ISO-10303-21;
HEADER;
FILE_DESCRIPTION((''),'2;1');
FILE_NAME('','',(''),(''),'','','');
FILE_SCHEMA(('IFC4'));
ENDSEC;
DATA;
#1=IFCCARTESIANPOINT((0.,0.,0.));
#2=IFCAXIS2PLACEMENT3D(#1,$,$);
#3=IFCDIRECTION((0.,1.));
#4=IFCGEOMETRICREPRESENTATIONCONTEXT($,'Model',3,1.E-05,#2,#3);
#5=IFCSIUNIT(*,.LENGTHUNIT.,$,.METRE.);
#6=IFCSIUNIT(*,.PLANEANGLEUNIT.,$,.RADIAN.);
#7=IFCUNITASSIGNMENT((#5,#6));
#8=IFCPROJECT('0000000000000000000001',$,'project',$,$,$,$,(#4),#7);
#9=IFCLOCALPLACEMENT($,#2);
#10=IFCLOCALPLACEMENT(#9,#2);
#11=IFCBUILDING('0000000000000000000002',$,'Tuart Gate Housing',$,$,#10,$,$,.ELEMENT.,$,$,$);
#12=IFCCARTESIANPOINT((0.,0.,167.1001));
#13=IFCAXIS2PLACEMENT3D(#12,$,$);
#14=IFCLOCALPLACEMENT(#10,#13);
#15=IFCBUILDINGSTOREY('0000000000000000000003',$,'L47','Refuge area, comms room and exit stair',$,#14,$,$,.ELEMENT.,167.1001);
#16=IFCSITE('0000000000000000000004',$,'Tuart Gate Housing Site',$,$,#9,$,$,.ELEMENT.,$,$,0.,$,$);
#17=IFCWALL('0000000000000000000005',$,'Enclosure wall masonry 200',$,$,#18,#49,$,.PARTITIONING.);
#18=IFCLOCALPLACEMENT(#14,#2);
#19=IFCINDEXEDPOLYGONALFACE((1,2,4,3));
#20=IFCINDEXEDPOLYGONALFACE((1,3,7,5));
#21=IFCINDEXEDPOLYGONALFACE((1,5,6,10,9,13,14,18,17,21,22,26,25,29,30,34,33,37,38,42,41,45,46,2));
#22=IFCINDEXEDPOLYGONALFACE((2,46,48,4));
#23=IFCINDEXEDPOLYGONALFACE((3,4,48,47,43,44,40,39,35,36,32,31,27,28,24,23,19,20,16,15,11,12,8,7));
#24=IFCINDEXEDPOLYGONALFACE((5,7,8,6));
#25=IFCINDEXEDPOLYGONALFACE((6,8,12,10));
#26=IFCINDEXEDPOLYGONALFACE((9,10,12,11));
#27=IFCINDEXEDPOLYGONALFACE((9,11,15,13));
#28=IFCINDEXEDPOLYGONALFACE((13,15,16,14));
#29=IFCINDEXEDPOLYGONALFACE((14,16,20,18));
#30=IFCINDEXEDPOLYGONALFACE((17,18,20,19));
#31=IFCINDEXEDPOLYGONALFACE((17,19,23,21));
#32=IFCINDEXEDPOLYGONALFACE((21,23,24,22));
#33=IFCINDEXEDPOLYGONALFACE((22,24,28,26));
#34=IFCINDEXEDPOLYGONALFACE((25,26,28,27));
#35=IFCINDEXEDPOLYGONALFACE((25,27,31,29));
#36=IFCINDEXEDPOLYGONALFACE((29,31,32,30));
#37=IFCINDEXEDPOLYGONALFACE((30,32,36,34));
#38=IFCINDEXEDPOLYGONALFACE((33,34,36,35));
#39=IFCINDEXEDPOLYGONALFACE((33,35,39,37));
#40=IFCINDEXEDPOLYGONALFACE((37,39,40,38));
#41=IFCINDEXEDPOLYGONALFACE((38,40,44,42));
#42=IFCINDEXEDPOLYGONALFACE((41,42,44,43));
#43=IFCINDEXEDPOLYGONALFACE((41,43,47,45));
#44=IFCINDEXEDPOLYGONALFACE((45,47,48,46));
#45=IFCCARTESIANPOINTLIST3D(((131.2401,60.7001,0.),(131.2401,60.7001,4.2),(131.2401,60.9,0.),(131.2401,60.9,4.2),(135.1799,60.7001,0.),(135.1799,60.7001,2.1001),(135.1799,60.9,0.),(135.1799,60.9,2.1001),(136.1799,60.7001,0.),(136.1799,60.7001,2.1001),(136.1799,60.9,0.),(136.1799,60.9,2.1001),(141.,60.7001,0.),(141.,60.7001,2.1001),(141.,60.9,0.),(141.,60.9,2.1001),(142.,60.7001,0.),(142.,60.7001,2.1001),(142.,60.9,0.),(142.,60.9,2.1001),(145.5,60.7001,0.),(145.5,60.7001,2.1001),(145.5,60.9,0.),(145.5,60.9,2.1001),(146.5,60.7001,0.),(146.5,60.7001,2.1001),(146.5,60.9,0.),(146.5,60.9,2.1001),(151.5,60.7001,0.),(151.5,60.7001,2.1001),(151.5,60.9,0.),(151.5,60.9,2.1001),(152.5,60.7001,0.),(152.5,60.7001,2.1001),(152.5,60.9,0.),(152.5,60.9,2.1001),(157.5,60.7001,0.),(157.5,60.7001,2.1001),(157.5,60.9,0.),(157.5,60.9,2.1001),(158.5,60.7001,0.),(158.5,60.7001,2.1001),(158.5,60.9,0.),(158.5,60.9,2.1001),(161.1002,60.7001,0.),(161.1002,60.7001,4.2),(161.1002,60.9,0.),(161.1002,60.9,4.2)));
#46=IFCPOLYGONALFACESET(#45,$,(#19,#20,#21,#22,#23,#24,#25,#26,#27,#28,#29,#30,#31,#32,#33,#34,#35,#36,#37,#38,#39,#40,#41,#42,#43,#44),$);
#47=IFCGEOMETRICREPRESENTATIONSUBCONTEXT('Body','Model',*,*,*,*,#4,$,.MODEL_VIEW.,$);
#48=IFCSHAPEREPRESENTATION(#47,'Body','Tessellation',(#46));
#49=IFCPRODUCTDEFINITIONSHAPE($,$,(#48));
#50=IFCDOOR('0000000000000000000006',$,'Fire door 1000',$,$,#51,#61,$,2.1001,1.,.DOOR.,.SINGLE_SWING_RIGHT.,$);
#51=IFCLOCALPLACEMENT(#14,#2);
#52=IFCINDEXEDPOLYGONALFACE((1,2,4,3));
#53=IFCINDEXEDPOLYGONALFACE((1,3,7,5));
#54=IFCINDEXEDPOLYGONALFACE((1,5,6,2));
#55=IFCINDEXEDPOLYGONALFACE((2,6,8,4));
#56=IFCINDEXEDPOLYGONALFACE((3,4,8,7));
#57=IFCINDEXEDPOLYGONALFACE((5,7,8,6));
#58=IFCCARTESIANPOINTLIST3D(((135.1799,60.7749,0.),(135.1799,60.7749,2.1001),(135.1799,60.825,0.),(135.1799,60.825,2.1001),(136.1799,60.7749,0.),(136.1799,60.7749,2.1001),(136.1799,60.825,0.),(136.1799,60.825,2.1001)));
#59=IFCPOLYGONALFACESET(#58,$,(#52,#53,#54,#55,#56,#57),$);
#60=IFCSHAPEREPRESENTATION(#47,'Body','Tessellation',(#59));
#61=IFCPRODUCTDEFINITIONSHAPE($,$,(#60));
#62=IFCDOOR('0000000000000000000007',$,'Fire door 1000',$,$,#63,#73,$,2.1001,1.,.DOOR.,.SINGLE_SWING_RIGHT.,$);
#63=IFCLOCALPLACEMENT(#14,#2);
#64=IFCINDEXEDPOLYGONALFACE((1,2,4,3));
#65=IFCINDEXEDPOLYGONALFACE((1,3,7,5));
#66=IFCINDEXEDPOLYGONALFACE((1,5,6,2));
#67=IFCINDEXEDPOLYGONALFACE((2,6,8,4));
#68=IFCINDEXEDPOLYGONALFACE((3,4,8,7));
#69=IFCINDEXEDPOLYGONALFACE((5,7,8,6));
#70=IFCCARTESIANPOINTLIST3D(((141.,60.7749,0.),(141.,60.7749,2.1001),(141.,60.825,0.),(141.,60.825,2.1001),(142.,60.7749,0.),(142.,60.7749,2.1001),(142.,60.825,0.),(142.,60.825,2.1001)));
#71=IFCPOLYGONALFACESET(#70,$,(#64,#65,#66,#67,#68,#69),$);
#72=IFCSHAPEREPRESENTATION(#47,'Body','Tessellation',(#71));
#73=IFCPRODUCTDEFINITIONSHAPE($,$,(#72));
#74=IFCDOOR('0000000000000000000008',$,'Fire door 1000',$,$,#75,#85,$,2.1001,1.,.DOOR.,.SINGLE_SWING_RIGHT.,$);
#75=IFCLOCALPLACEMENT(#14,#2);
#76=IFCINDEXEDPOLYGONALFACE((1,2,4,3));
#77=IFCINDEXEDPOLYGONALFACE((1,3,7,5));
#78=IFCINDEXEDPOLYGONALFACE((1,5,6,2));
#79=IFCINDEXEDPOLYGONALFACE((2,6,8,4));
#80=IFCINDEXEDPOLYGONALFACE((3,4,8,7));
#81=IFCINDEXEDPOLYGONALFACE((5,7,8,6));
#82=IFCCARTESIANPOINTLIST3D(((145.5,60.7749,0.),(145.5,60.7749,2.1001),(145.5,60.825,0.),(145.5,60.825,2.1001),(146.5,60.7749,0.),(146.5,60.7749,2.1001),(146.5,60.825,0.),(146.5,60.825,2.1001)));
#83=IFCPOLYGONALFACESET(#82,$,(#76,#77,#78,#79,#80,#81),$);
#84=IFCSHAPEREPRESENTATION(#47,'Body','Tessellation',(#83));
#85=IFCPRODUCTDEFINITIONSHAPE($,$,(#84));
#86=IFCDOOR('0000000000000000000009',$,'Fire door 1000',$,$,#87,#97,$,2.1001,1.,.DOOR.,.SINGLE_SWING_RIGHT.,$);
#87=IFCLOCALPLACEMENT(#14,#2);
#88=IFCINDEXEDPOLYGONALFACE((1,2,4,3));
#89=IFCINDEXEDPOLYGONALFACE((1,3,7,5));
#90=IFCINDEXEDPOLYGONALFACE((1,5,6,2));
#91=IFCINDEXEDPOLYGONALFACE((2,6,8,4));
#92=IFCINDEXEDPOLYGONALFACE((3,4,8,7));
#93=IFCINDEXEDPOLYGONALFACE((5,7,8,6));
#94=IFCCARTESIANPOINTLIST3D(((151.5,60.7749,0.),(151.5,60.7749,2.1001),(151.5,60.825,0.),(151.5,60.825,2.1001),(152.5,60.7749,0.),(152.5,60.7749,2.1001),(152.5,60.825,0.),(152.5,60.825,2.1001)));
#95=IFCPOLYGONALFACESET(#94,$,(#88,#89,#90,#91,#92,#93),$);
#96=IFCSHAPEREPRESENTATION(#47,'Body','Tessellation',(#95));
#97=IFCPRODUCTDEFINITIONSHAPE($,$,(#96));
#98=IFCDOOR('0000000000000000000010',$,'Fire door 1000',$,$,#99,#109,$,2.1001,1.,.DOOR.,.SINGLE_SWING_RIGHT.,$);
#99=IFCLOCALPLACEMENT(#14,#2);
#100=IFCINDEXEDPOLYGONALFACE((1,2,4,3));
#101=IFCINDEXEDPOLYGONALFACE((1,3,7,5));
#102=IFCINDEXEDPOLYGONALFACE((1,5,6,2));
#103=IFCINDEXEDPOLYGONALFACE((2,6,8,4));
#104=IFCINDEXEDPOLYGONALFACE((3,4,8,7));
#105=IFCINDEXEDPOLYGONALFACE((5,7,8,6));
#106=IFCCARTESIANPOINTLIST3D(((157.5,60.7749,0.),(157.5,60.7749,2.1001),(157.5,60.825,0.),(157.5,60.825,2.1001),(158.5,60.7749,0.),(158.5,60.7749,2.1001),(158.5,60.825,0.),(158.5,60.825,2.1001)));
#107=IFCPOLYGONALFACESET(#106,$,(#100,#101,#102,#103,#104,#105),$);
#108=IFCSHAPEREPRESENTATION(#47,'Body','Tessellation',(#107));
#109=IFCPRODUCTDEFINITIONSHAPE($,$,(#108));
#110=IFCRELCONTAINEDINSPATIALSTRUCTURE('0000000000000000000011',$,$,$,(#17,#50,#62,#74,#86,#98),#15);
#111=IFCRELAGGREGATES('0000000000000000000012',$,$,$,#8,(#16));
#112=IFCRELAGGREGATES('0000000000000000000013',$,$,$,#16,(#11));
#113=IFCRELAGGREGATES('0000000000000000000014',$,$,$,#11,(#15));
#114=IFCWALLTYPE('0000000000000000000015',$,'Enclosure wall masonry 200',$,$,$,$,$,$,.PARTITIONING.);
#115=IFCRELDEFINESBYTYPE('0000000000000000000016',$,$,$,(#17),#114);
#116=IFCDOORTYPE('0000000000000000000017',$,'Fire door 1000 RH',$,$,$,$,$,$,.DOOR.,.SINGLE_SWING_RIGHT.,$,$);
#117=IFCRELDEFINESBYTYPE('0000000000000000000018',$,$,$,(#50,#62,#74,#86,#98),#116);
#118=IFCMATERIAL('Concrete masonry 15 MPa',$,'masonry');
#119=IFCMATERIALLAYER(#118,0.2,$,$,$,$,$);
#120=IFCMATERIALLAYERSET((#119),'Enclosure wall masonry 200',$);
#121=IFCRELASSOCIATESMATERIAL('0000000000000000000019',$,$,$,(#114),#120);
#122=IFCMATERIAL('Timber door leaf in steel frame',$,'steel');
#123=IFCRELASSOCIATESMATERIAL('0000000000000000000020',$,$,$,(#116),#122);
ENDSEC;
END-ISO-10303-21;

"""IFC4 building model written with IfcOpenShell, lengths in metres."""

from ifc_helpers import new_model, si_unit, direction, frame, frame_2d, origin, place, context, subcontext, project, spatial, rectangle, extrude, material, layer, layer_set, type_object, element, fill, save


model = new_model("IFC4")

# Units and contexts
model_context = context("Model", 3, precision=1e-05, world=origin(), true_north=direction((0.0, 1.0)))
body_context = subcontext(model_context, "Body", "Model", "MODEL_VIEW")
ifc_project = project(units=[si_unit("LENGTHUNIT", "METRE"), si_unit("PLANEANGLEUNIT", "RADIAN")], contexts=[model_context])

# Site, building, storey
site_placement = place(None, origin())
site = spatial("IfcSite", under=ifc_project, at=site_placement, Name="Tuart Gate Housing Site", CompositionType="ELEMENT", RefElevation=0.0)
building_placement = place(site_placement, origin())
building = spatial("IfcBuilding", under=site, at=building_placement, Name="Tuart Gate Housing", CompositionType="ELEMENT")
storey_placement = place(building_placement, frame((0.0, 0.0, 167.1001)))
storey = spatial("IfcBuildingStorey", under=building, at=storey_placement, Name="L47", Description="Refuge area, comms room and exit stair", CompositionType="ELEMENT", Elevation=167.1001)

# Wall, openings, doors
ifc_material_1 = material(Name="Concrete masonry 15 MPa", Category="masonry")
ifc_layer_1 = layer(ifc_material_1, 0.2)
ifc_layer_set_1 = layer_set([ifc_layer_1], Name="Enclosure wall masonry 200")
wall_type_1 = type_object("IfcWallType", Name="Enclosure wall masonry 200", PredefinedType="PARTITIONING", material=ifc_layer_set_1)
wall_1_placement = place(storey_placement, frame((131.24, 60.8, 0.0), z_axis=(0.0, 0.0, 1.0), x_axis=(1.0, 0.0, 0.0)))
wall_1 = element("IfcWall", 1, at=wall_1_placement, inside=storey, type_object=wall_type_1, Name="Enclosure wall masonry 200", PredefinedType="PARTITIONING", context=body_context, shape_type="SweptSolid", body=[
    extrude(rectangle(XDim=29.8601, YDim=0.2, at=frame_2d((14.9302, 0.0))), origin(), (0.0, 0.0, 1.0), 4.2),
])
opening_1_placement = place(wall_1_placement, frame((3.9399, 0.0, 0.0)))
opening_1 = element("IfcOpeningElement", 2, at=opening_1_placement, cuts=wall_1, PredefinedType="OPENING", context=body_context, shape_type="SweptSolid", body=[
    extrude(rectangle(XDim=1.0, YDim=2.1001, at=frame_2d((0.5, 1.05))), frame((0.0, 0.1099, 0.0), z_axis=(0.0, -1.0, 0.0), x_axis=(1.0, 0.0, 0.0)), (0.0, 0.0, 1.0), 0.22),
])
opening_2_placement = place(wall_1_placement, frame((9.76, 0.0, 0.0)))
opening_2 = element("IfcOpeningElement", 3, at=opening_2_placement, cuts=wall_1, PredefinedType="OPENING", context=body_context, shape_type="SweptSolid", body=[
    extrude(rectangle(XDim=1.0, YDim=2.1001, at=frame_2d((0.5, 1.05))), frame((0.0, 0.1099, 0.0), z_axis=(0.0, -1.0, 0.0), x_axis=(1.0, 0.0, 0.0)), (0.0, 0.0, 1.0), 0.22),
])
opening_3_placement = place(wall_1_placement, frame((14.26, 0.0, 0.0)))
opening_3 = element("IfcOpeningElement", 4, at=opening_3_placement, cuts=wall_1, PredefinedType="OPENING", context=body_context, shape_type="SweptSolid", body=[
    extrude(rectangle(XDim=1.0, YDim=2.1001, at=frame_2d((0.5, 1.05))), frame((0.0, 0.1099, 0.0), z_axis=(0.0, -1.0, 0.0), x_axis=(1.0, 0.0, 0.0)), (0.0, 0.0, 1.0), 0.22),
])
opening_4_placement = place(wall_1_placement, frame((20.26, 0.0, 0.0)))
opening_4 = element("IfcOpeningElement", 5, at=opening_4_placement, cuts=wall_1, PredefinedType="OPENING", context=body_context, shape_type="SweptSolid", body=[
    extrude(rectangle(XDim=1.0, YDim=2.1001, at=frame_2d((0.5, 1.05))), frame((0.0, 0.1099, 0.0), z_axis=(0.0, -1.0, 0.0), x_axis=(1.0, 0.0, 0.0)), (0.0, 0.0, 1.0), 0.22),
])
opening_5_placement = place(wall_1_placement, frame((26.26, 0.0, 0.0)))
opening_5 = element("IfcOpeningElement", 6, at=opening_5_placement, cuts=wall_1, PredefinedType="OPENING", context=body_context, shape_type="SweptSolid", body=[
    extrude(rectangle(XDim=1.0, YDim=2.1001, at=frame_2d((0.5, 1.05))), frame((0.0, 0.1099, 0.0), z_axis=(0.0, -1.0, 0.0), x_axis=(1.0, 0.0, 0.0)), (0.0, 0.0, 1.0), 0.22),
])
ifc_material_2 = material(Name="Timber door leaf in steel frame", Category="steel")
door_type = type_object("IfcDoorType", Name="Fire door 1000 RH", OperationType="SINGLE_SWING_RIGHT", PredefinedType="DOOR", material=ifc_material_2)
door_1_placement = place(opening_1_placement, frame((1.0, 0.0, 0.0), z_axis=(0.0, 0.0, 1.0), x_axis=(-1.0, 0.0, 0.0)))
door_1 = element("IfcDoor", 7, at=door_1_placement, inside=storey, type_object=door_type, Name="Fire door 1000", OperationType="SINGLE_SWING_RIGHT", OverallHeight=2.1001, OverallWidth=1.0, PredefinedType="DOOR", context=body_context, shape_type="SweptSolid", body=[
    extrude(rectangle(XDim=1.0, YDim=2.1001, at=frame_2d((0.5, 1.05))), frame((0.0, 0.0251, 0.0), z_axis=(0.0, -1.0, 0.0), x_axis=(1.0, 0.0, 0.0)), (0.0, 0.0, 1.0), 0.05),
])
fill(opening_1, door_1)
door_2_placement = place(opening_2_placement, frame((1.0, 0.0, 0.0), z_axis=(0.0, 0.0, 1.0), x_axis=(-1.0, 0.0, 0.0)))
door_2 = element("IfcDoor", 8, at=door_2_placement, inside=storey, type_object=door_type, Name="Fire door 1000", OperationType="SINGLE_SWING_RIGHT", OverallHeight=2.1001, OverallWidth=1.0, PredefinedType="DOOR", context=body_context, shape_type="SweptSolid", body=[
    extrude(rectangle(XDim=1.0, YDim=2.1001, at=frame_2d((0.5, 1.05))), frame((0.0, 0.0251, 0.0), z_axis=(0.0, -1.0, 0.0), x_axis=(1.0, 0.0, 0.0)), (0.0, 0.0, 1.0), 0.05),
])
fill(opening_2, door_2)
door_3_placement = place(opening_3_placement, frame((1.0, 0.0, 0.0), z_axis=(0.0, 0.0, 1.0), x_axis=(-1.0, 0.0, 0.0)))
door_3 = element("IfcDoor", 9, at=door_3_placement, inside=storey, type_object=door_type, Name="Fire door 1000", OperationType="SINGLE_SWING_RIGHT", OverallHeight=2.1001, OverallWidth=1.0, PredefinedType="DOOR", context=body_context, shape_type="SweptSolid", body=[
    extrude(rectangle(XDim=1.0, YDim=2.1001, at=frame_2d((0.5, 1.05))), frame((0.0, 0.0251, 0.0), z_axis=(0.0, -1.0, 0.0), x_axis=(1.0, 0.0, 0.0)), (0.0, 0.0, 1.0), 0.05),
])
fill(opening_3, door_3)
door_4_placement = place(opening_4_placement, frame((1.0, 0.0, 0.0), z_axis=(0.0, 0.0, 1.0), x_axis=(-1.0, 0.0, 0.0)))
door_4 = element("IfcDoor", 10, at=door_4_placement, inside=storey, type_object=door_type, Name="Fire door 1000", OperationType="SINGLE_SWING_RIGHT", OverallHeight=2.1001, OverallWidth=1.0, PredefinedType="DOOR", context=body_context, shape_type="SweptSolid", body=[
    extrude(rectangle(XDim=1.0, YDim=2.1001, at=frame_2d((0.5, 1.05))), frame((0.0, 0.0251, 0.0), z_axis=(0.0, -1.0, 0.0), x_axis=(1.0, 0.0, 0.0)), (0.0, 0.0, 1.0), 0.05),
])
fill(opening_4, door_4)
door_5_placement = place(opening_5_placement, frame((1.0, 0.0, 0.0), z_axis=(0.0, 0.0, 1.0), x_axis=(-1.0, 0.0, 0.0)))
door_5 = element("IfcDoor", 11, at=door_5_placement, inside=storey, type_object=door_type, Name="Fire door 1000", OperationType="SINGLE_SWING_RIGHT", OverallHeight=2.1001, OverallWidth=1.0, PredefinedType="DOOR", context=body_context, shape_type="SweptSolid", body=[
    extrude(rectangle(XDim=1.0, YDim=2.1001, at=frame_2d((0.5, 1.05))), frame((0.0, 0.0251, 0.0), z_axis=(0.0, -1.0, 0.0), x_axis=(1.0, 0.0, 0.0)), (0.0, 0.0, 1.0), 0.05),
])
fill(opening_5, door_5)

save(model, "model.ifc")
